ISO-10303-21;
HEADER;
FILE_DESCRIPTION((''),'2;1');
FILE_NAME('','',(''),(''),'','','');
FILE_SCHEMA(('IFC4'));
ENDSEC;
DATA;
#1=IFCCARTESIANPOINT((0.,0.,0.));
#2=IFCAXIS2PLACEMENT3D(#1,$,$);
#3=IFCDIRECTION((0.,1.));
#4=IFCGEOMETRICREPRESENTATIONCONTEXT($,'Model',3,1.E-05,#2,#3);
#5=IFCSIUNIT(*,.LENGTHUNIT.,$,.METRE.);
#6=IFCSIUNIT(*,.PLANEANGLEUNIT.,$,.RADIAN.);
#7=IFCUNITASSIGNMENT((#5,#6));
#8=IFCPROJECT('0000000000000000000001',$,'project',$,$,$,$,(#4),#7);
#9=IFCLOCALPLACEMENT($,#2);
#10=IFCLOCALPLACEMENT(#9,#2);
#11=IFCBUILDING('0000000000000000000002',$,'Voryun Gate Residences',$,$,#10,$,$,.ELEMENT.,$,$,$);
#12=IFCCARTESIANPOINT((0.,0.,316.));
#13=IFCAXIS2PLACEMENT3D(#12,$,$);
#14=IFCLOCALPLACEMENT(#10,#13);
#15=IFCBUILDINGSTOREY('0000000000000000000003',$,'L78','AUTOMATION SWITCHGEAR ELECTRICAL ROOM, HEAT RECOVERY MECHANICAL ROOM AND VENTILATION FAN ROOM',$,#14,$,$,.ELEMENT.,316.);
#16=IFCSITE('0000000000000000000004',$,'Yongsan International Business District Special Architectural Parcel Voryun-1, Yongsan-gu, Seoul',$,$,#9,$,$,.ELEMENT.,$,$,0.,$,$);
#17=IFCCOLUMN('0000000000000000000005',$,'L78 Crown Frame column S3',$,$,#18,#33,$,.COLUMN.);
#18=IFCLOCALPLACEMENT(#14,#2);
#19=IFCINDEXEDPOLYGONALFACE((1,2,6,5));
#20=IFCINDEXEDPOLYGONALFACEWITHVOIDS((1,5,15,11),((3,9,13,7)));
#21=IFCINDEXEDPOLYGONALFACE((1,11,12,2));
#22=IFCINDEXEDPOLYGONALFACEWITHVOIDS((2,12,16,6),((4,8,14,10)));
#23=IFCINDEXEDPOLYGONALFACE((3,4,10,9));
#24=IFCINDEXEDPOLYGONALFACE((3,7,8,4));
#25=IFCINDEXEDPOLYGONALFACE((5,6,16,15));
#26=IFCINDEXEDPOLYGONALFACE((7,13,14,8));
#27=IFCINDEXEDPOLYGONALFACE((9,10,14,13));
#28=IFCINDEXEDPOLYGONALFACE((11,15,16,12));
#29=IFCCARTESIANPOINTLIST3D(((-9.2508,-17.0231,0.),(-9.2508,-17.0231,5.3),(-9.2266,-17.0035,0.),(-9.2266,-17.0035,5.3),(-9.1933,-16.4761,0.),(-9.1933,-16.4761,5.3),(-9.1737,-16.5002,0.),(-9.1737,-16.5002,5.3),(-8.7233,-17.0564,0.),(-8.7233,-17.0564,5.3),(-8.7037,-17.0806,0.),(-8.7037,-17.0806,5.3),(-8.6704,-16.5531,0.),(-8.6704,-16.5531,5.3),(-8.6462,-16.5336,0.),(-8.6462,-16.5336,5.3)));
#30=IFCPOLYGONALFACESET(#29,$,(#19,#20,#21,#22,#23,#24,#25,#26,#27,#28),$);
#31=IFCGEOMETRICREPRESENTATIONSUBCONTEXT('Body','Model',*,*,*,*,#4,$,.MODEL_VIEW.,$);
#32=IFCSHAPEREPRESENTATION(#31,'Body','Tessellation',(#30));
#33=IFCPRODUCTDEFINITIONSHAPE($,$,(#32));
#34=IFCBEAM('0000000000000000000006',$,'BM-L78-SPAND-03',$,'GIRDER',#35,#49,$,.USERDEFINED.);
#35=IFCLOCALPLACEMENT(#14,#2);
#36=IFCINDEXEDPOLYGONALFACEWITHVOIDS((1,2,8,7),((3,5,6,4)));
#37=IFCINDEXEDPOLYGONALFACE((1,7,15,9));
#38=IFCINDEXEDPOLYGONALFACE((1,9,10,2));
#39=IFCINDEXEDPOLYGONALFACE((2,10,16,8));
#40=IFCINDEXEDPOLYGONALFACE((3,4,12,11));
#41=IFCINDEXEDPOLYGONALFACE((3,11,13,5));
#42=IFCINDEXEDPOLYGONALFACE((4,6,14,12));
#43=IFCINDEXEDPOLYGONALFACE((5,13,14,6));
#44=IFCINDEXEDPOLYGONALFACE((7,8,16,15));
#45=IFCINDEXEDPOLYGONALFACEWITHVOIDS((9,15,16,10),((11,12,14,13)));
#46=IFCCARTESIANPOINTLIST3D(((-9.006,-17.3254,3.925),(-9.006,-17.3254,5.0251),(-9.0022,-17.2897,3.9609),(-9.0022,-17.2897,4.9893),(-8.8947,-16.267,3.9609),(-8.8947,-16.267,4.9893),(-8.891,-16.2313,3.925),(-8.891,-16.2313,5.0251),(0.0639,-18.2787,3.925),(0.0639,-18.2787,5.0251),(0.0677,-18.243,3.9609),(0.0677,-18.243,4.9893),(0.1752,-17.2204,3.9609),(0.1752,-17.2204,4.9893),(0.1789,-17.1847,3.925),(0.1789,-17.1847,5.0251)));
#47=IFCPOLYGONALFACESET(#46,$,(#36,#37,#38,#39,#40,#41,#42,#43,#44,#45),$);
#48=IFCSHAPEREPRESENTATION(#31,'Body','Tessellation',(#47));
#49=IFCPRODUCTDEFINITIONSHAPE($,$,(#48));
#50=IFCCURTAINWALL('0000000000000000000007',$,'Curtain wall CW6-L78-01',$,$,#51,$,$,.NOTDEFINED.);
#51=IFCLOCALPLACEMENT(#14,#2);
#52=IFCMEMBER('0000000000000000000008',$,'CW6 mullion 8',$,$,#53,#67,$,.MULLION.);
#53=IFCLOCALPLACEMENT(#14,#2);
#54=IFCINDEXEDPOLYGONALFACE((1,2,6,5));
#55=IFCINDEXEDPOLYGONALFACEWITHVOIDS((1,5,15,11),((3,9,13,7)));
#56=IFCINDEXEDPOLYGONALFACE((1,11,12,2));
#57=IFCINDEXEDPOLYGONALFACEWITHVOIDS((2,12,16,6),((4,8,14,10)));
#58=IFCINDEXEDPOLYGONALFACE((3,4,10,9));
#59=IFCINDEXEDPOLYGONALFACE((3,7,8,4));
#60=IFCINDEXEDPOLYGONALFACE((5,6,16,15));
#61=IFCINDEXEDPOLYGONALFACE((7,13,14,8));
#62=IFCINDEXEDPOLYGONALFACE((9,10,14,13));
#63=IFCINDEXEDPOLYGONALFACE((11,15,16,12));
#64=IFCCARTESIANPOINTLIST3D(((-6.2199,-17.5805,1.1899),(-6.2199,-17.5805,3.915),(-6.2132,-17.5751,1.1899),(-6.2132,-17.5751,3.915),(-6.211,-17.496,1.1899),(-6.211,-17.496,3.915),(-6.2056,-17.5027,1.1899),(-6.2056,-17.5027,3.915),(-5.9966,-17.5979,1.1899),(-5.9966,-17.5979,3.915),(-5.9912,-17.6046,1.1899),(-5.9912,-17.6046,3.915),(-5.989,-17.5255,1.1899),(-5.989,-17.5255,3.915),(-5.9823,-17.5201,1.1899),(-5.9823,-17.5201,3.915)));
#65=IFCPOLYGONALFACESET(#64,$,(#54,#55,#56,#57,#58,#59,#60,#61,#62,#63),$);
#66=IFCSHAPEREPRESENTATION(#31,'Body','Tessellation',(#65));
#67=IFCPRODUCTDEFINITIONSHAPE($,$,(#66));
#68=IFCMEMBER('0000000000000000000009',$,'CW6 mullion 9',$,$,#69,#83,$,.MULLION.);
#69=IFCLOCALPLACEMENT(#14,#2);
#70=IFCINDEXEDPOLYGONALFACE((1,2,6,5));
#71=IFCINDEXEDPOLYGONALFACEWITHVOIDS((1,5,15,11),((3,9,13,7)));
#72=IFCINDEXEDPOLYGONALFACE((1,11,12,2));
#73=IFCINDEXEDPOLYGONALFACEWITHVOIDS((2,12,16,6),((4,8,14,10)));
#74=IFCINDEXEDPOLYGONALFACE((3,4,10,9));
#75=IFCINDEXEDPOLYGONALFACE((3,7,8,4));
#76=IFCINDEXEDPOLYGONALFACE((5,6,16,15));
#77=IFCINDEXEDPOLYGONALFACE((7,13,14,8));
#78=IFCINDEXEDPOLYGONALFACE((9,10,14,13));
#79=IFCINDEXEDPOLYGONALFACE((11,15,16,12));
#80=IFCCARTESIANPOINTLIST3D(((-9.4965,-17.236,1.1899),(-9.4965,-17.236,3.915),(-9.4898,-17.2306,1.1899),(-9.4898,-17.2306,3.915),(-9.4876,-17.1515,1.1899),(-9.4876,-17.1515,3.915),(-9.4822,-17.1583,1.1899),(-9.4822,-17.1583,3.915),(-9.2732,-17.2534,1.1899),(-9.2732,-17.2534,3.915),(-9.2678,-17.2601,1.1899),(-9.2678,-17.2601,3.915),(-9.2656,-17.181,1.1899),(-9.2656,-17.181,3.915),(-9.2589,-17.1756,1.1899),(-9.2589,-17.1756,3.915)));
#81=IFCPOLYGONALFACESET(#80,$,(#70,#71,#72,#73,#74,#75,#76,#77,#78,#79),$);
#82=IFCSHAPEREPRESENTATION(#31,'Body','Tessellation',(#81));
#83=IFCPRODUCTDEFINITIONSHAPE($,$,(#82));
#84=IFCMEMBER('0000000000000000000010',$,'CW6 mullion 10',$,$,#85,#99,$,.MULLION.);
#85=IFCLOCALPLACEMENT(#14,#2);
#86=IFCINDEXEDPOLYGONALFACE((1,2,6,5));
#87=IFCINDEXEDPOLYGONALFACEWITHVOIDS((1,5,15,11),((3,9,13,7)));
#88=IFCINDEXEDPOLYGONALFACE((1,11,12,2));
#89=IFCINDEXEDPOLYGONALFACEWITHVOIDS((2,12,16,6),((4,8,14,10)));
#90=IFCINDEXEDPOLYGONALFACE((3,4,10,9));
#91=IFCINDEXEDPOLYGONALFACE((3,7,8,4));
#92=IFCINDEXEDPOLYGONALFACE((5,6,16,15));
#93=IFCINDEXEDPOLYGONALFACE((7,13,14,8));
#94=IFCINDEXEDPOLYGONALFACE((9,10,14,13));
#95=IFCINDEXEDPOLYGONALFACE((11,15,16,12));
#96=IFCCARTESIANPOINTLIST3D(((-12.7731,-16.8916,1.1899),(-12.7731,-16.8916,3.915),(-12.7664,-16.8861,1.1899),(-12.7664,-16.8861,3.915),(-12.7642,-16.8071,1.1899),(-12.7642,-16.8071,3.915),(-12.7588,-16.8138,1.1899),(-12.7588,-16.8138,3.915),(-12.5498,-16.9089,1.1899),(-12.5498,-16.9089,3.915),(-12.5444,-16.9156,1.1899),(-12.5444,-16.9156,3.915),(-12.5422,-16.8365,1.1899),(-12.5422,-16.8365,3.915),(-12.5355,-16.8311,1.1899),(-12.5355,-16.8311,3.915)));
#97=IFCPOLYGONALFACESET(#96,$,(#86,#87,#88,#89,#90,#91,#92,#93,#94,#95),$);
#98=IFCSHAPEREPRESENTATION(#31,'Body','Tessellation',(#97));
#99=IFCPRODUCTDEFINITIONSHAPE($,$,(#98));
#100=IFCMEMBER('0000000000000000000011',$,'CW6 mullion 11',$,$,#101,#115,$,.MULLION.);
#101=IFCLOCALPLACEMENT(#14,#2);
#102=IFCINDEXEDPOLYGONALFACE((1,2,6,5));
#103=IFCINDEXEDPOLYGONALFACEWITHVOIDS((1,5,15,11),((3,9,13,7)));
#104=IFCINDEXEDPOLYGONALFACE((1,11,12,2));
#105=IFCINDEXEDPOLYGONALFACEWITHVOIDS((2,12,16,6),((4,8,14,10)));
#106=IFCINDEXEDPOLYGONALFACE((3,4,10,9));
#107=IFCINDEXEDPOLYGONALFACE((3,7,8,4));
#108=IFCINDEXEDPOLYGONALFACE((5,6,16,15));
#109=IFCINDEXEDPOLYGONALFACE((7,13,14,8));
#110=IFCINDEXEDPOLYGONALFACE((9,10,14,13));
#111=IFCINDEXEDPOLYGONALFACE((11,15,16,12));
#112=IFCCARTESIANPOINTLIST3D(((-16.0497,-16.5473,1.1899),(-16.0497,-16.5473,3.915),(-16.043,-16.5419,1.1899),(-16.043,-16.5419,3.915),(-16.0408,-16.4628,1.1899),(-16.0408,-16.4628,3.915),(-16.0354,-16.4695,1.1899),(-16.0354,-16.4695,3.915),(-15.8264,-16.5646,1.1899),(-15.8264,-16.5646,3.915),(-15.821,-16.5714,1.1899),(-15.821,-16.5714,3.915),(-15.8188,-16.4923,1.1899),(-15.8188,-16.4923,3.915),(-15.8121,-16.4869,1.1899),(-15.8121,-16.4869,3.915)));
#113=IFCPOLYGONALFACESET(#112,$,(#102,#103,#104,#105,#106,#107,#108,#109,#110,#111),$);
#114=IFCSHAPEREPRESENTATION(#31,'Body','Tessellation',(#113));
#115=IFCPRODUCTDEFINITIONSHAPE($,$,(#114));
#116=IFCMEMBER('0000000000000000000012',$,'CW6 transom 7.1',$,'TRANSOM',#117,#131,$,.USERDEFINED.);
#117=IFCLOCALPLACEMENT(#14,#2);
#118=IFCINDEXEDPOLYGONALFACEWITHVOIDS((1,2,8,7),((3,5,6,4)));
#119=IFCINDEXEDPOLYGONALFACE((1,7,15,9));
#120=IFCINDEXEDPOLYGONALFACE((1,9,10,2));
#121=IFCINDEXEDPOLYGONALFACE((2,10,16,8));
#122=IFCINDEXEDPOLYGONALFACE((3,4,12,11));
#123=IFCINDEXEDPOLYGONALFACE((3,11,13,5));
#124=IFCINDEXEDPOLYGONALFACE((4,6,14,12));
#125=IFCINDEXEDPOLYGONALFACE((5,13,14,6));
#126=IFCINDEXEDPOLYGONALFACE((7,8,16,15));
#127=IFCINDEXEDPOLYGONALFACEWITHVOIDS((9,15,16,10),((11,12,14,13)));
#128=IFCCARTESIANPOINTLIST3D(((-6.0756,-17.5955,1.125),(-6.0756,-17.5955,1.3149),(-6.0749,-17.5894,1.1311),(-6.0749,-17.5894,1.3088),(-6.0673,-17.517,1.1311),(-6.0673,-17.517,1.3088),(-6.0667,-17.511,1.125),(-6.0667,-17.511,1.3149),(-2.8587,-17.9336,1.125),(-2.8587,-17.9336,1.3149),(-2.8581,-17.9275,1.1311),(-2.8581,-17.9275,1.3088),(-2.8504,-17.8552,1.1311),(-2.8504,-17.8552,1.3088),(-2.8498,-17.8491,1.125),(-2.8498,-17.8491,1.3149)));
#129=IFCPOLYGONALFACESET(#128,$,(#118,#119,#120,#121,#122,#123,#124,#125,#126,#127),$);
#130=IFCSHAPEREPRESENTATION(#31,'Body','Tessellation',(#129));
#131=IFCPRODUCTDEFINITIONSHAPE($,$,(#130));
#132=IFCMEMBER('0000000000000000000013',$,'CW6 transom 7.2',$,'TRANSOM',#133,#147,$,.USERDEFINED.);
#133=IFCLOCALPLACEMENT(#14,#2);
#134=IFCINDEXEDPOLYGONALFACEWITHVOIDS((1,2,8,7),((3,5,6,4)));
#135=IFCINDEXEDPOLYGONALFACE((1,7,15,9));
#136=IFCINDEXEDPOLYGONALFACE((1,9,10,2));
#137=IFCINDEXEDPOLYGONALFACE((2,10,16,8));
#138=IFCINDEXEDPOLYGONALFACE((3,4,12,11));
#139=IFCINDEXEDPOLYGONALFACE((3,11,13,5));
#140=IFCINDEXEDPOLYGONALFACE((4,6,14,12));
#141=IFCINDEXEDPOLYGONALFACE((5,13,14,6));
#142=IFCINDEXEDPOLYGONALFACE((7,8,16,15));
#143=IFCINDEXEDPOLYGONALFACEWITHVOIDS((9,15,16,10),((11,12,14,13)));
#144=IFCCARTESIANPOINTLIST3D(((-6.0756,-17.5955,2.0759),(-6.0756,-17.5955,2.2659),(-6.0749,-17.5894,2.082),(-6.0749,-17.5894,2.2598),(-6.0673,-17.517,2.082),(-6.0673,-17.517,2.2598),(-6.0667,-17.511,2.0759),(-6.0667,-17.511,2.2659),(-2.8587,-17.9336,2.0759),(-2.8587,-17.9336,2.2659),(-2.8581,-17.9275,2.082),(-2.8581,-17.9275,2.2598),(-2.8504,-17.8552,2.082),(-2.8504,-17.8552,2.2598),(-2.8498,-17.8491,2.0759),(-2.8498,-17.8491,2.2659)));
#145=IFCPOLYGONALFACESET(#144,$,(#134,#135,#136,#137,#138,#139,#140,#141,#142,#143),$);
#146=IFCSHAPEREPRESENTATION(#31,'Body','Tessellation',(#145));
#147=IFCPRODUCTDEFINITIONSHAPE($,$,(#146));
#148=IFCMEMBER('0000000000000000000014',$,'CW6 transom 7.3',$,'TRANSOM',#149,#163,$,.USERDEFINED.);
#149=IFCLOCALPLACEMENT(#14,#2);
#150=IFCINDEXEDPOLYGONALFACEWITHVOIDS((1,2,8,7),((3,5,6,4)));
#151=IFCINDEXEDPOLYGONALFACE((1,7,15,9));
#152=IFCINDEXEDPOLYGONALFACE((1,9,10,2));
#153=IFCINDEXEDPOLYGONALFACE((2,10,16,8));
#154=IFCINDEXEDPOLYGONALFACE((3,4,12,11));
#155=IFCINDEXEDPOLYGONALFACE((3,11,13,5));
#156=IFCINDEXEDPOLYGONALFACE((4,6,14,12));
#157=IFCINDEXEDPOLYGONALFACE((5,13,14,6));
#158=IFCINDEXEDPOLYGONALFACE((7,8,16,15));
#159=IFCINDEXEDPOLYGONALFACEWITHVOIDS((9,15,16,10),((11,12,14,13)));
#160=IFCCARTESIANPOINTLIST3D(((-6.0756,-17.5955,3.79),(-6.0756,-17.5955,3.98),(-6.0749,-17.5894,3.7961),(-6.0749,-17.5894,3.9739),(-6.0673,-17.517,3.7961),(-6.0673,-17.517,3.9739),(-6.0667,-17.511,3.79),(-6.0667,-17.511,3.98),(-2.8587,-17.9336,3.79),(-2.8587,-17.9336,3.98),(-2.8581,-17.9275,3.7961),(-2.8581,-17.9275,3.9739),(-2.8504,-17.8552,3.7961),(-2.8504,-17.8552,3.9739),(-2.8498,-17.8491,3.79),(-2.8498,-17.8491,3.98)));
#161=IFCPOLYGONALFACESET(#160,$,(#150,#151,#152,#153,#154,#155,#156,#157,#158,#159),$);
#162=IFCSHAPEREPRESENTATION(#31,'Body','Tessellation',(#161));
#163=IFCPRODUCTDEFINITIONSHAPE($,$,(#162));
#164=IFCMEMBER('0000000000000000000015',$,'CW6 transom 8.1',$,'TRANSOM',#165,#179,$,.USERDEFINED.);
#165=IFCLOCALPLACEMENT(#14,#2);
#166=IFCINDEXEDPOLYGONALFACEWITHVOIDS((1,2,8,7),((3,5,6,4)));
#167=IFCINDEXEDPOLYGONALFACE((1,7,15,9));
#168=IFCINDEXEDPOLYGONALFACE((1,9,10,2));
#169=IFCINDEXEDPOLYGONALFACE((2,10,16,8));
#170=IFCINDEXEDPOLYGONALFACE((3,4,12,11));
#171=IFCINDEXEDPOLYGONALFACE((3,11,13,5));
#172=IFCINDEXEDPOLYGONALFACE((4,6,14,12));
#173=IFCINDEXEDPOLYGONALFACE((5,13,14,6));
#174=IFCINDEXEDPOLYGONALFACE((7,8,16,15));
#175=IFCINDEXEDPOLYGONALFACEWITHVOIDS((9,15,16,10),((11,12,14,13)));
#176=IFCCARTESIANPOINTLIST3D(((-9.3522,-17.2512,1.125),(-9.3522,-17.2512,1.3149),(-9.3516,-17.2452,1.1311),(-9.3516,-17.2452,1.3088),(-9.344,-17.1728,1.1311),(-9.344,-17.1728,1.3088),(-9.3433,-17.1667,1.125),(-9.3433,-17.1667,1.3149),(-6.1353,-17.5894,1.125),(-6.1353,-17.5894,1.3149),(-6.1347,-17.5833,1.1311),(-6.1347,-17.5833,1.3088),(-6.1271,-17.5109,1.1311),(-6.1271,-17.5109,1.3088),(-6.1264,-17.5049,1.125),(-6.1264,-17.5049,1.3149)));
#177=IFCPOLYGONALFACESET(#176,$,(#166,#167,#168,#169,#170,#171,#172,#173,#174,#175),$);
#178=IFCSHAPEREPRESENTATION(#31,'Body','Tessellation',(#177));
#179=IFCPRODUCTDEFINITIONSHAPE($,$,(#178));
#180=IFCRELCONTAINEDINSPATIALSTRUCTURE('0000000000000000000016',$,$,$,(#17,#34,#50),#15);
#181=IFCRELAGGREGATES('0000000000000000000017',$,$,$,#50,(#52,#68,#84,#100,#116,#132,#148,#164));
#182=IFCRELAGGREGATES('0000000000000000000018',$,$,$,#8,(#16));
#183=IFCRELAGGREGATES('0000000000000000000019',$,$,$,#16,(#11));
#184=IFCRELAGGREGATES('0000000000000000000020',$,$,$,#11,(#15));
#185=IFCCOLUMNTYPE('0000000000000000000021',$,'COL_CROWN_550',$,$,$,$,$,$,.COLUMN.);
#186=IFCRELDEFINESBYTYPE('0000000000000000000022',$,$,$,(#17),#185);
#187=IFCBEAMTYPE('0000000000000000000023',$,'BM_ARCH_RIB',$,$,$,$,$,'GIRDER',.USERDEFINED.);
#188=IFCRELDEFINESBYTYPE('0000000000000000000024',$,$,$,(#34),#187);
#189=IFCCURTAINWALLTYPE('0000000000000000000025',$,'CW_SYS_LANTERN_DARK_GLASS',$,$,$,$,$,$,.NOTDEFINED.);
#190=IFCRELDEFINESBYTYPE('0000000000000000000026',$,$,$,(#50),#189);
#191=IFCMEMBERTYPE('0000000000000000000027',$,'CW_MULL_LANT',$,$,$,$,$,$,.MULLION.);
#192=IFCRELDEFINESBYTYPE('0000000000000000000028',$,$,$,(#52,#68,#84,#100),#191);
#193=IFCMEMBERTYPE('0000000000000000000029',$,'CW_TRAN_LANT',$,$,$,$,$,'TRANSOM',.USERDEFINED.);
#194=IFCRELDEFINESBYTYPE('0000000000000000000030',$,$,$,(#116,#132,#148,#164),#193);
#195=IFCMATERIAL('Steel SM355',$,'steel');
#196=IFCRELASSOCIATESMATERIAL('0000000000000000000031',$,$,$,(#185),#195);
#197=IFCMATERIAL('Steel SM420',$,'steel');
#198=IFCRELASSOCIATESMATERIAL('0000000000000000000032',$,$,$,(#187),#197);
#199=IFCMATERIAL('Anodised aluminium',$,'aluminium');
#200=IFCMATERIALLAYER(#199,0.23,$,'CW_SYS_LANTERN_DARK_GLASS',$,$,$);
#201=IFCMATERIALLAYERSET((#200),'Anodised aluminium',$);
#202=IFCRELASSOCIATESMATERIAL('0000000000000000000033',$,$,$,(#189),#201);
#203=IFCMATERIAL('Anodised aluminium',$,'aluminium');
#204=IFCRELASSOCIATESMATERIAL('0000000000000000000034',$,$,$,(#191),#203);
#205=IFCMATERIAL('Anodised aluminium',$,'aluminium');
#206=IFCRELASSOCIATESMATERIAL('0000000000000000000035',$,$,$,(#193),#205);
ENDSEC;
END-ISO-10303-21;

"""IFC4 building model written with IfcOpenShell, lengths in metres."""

from ifc_helpers import new_model, si_unit, direction, frame, origin, origin_2d, place, context, subcontext, project, spatial, hollow_rectangle, extrude, material, layer, layer_set, material_profile, profile_set, type_object, element, aggregate, save


model = new_model("IFC4")

# Units and contexts
model_context = context("Model", 3, precision=1e-05, world=origin(), true_north=direction((0.0, 1.0)))
body_context = subcontext(model_context, "Body", "Model", "MODEL_VIEW")
ifc_project = project(units=[si_unit("LENGTHUNIT", "METRE"), si_unit("PLANEANGLEUNIT", "RADIAN")], contexts=[model_context])

# Site, building, storey
site_placement = place(None, origin())
site = spatial("IfcSite", under=ifc_project, at=site_placement, Name="Yongsan International Business District Special Architectural Parcel Voryun-1, Yongsan-gu, Seoul", CompositionType="ELEMENT", RefElevation=0.0)
building_placement = place(site_placement, origin())
building = spatial("IfcBuilding", under=site, at=building_placement, Name="Voryun Gate Residences", CompositionType="ELEMENT")
storey_placement = place(building_placement, frame((0.0, 0.0, 316.0)))
storey = spatial("IfcBuildingStorey", under=building, at=storey_placement, Name="L78", Description="AUTOMATION SWITCHGEAR ELECTRICAL ROOM, HEAT RECOVERY MECHANICAL ROOM AND VENTILATION FAN ROOM", CompositionType="ELEMENT", Elevation=316.0)

# Column
ifc_material_1 = material(Name="Steel SM355", Category="steel")
ifc_material_profile_1 = material_profile(ifc_material_1, hollow_rectangle(XDim=0.55, YDim=0.55, WallThickness=0.022, at=origin_2d()), Name="BOX-550x550x22")
ifc_profile_set_1 = profile_set([ifc_material_profile_1], Name="Steel SM355")
column_type = type_object("IfcColumnType", Name="COL_CROWN_550", PredefinedType="COLUMN", material=ifc_profile_set_1)
column_placement = place(storey_placement, frame((-8.9485, -16.7783, 0.0), z_axis=(0.0, 0.0, 1.0), x_axis=(0.994522, -0.104528, 0.0)))
element("IfcColumn", 1, at=column_placement, inside=storey, type_object=column_type, Name="L78 Crown Frame column S3", PredefinedType="COLUMN", context=body_context, shape_type="SweptSolid", body=[
    extrude(hollow_rectangle(XDim=0.55, YDim=0.55, WallThickness=0.022, at=origin_2d()), origin(), (0.0, 0.0, 1.0), 5.3),
])

# Beam
ifc_material_2 = material(Name="Steel SM420", Category="steel")
ifc_material_profile_2 = material_profile(ifc_material_2, hollow_rectangle(XDim=1.1001, YDim=1.1001, WallThickness=0.0359, at=origin_2d()), Name="BOX-1100x1100x36")
ifc_profile_set_2 = profile_set([ifc_material_profile_2], Name="Steel SM420")
beam_type = type_object("IfcBeamType", Name="BM_ARCH_RIB", ElementType="GIRDER", PredefinedType="USERDEFINED", material=ifc_profile_set_2)
beam_placement = place(storey_placement, frame((-8.9485, -16.7783, 4.4751), z_axis=(0.994521, -0.104538, 0.0), x_axis=(0.104538, 0.994521, 0.0)))
element("IfcBeam", 2, at=beam_placement, inside=storey, type_object=beam_type, Name="BM-L78-SPAND-03", ObjectType="GIRDER", PredefinedType="USERDEFINED", context=body_context, shape_type="SweptSolid", body=[
    extrude(hollow_rectangle(XDim=1.1001, YDim=1.1001, WallThickness=0.0359, at=origin_2d()), origin(), (0.0, 0.0, 1.0), 9.1199),
])

# Curtain wall, members
ifc_material_3 = material(Name="Anodised aluminium", Category="aluminium")
ifc_layer_1 = layer(ifc_material_3, 0.23, Name="CW_SYS_LANTERN_DARK_GLASS")
ifc_layer_set_1 = layer_set([ifc_layer_1], Name="Anodised aluminium")
curtain_wall_type = type_object("IfcCurtainWallType", Name="CW_SYS_LANTERN_DARK_GLASS", PredefinedType="NOTDEFINED", material=ifc_layer_set_1)
curtain_wall_placement = place(storey_placement, origin())
curtain_wall = element("IfcCurtainWall", 3, at=curtain_wall_placement, inside=storey, type_object=curtain_wall_type, Name="Curtain wall CW6-L78-01", PredefinedType="NOTDEFINED")
ifc_material_4 = material(Name="Anodised aluminium", Category="aluminium")
ifc_material_profile_3 = material_profile(ifc_material_4, hollow_rectangle(XDim=0.085, YDim=0.23, WallThickness=0.0061, at=origin_2d()), Name="ALU-MULL-230x85x6")
ifc_profile_set_3 = profile_set([ifc_material_profile_3], Name="Anodised aluminium")
member_type_1 = type_object("IfcMemberType", Name="CW_MULL_LANT", PredefinedType="MULLION", material=ifc_profile_set_3)
member_1_placement = place(storey_placement, frame((-6.1011, -17.5503, 1.1899), z_axis=(0.0, 0.0, 1.0), x_axis=(-0.104528, -0.994522, 0.0)))
member_1 = element("IfcMember", 4, at=member_1_placement, type_object=member_type_1, Name="CW6 mullion 8", PredefinedType="MULLION", context=body_context, shape_type="SweptSolid", body=[
    extrude(hollow_rectangle(XDim=0.085, YDim=0.23, WallThickness=0.0061, at=origin_2d()), origin(), (0.0, 0.0, 1.0), 2.7251),
])
member_2_placement = place(storey_placement, frame((-9.3777, -17.2058, 1.1899), z_axis=(0.0, 0.0, 1.0), x_axis=(-0.104528, -0.994522, 0.0)))
member_2 = element("IfcMember", 5, at=member_2_placement, type_object=member_type_1, Name="CW6 mullion 9", PredefinedType="MULLION", context=body_context, shape_type="SweptSolid", body=[
    extrude(hollow_rectangle(XDim=0.085, YDim=0.23, WallThickness=0.0061, at=origin_2d()), origin(), (0.0, 0.0, 1.0), 2.7251),
])
member_3_placement = place(storey_placement, frame((-12.6543, -16.8613, 1.1899), z_axis=(0.0, 0.0, 1.0), x_axis=(-0.104528, -0.994522, 0.0)))
member_3 = element("IfcMember", 6, at=member_3_placement, type_object=member_type_1, Name="CW6 mullion 10", PredefinedType="MULLION", context=body_context, shape_type="SweptSolid", body=[
    extrude(hollow_rectangle(XDim=0.085, YDim=0.23, WallThickness=0.0061, at=origin_2d()), origin(), (0.0, 0.0, 1.0), 2.7251),
])
member_4_placement = place(storey_placement, frame((-15.9309, -16.5171, 1.1899), z_axis=(0.0, 0.0, 1.0), x_axis=(-0.104528, -0.994522, 0.0)))
member_4 = element("IfcMember", 7, at=member_4_placement, type_object=member_type_1, Name="CW6 mullion 11", PredefinedType="MULLION", context=body_context, shape_type="SweptSolid", body=[
    extrude(hollow_rectangle(XDim=0.085, YDim=0.23, WallThickness=0.0061, at=origin_2d()), origin(), (0.0, 0.0, 1.0), 2.7251),
])
ifc_material_5 = material(Name="Anodised aluminium", Category="aluminium")
ifc_material_profile_4 = material_profile(ifc_material_5, hollow_rectangle(XDim=0.085, YDim=0.1899, WallThickness=0.0061, at=origin_2d()), Name="ALU-TRAN-190x85x6")
ifc_profile_set_4 = profile_set([ifc_material_profile_4], Name="Anodised aluminium")
member_type_2 = type_object("IfcMemberType", Name="CW_TRAN_LANT", ElementType="TRANSOM", PredefinedType="USERDEFINED", material=ifc_profile_set_4)
member_5_placement = place(storey_placement, frame((-2.8542, -17.8914, 1.22), z_axis=(-0.994521, 0.104539, 0.0), x_axis=(-0.104539, -0.994521, 0.0)))
member_5 = element("IfcMember", 8, at=member_5_placement, type_object=member_type_2, Name="CW6 transom 7.1", ObjectType="TRANSOM", PredefinedType="USERDEFINED", context=body_context, shape_type="SweptSolid", body=[
    extrude(hollow_rectangle(XDim=0.085, YDim=0.1899, WallThickness=0.0061, at=origin_2d()), origin(), (0.0, 0.0, 1.0), 3.2346),
])
member_6_placement = place(storey_placement, frame((-2.8542, -17.8914, 2.1709), z_axis=(-0.994521, 0.104539, 0.0), x_axis=(-0.104539, -0.994521, 0.0)))
member_6 = element("IfcMember", 9, at=member_6_placement, type_object=member_type_2, Name="CW6 transom 7.2", ObjectType="TRANSOM", PredefinedType="USERDEFINED", context=body_context, shape_type="SweptSolid", body=[
    extrude(hollow_rectangle(XDim=0.085, YDim=0.1899, WallThickness=0.0061, at=origin_2d()), origin(), (0.0, 0.0, 1.0), 3.2346),
])
member_7_placement = place(storey_placement, frame((-2.8542, -17.8914, 3.885), z_axis=(-0.994521, 0.104539, 0.0), x_axis=(-0.104539, -0.994521, 0.0)))
member_7 = element("IfcMember", 10, at=member_7_placement, type_object=member_type_2, Name="CW6 transom 7.3", ObjectType="TRANSOM", PredefinedType="USERDEFINED", context=body_context, shape_type="SweptSolid", body=[
    extrude(hollow_rectangle(XDim=0.085, YDim=0.1899, WallThickness=0.0061, at=origin_2d()), origin(), (0.0, 0.0, 1.0), 3.2346),
])
member_8_placement = place(storey_placement, frame((-6.1309, -17.5471, 1.22), z_axis=(-0.994521, 0.104539, 0.0), x_axis=(-0.104539, -0.994521, 0.0)))
member_8 = element("IfcMember", 11, at=member_8_placement, type_object=member_type_2, Name="CW6 transom 8.1", ObjectType="TRANSOM", PredefinedType="USERDEFINED", context=body_context, shape_type="SweptSolid", body=[
    extrude(hollow_rectangle(XDim=0.085, YDim=0.1899, WallThickness=0.0061, at=origin_2d()), origin(), (0.0, 0.0, 1.0), 3.2346),
])

aggregate(curtain_wall, [member_1, member_2, member_3, member_4, member_5, member_6, member_7, member_8])

save(model, "model.ifc")
